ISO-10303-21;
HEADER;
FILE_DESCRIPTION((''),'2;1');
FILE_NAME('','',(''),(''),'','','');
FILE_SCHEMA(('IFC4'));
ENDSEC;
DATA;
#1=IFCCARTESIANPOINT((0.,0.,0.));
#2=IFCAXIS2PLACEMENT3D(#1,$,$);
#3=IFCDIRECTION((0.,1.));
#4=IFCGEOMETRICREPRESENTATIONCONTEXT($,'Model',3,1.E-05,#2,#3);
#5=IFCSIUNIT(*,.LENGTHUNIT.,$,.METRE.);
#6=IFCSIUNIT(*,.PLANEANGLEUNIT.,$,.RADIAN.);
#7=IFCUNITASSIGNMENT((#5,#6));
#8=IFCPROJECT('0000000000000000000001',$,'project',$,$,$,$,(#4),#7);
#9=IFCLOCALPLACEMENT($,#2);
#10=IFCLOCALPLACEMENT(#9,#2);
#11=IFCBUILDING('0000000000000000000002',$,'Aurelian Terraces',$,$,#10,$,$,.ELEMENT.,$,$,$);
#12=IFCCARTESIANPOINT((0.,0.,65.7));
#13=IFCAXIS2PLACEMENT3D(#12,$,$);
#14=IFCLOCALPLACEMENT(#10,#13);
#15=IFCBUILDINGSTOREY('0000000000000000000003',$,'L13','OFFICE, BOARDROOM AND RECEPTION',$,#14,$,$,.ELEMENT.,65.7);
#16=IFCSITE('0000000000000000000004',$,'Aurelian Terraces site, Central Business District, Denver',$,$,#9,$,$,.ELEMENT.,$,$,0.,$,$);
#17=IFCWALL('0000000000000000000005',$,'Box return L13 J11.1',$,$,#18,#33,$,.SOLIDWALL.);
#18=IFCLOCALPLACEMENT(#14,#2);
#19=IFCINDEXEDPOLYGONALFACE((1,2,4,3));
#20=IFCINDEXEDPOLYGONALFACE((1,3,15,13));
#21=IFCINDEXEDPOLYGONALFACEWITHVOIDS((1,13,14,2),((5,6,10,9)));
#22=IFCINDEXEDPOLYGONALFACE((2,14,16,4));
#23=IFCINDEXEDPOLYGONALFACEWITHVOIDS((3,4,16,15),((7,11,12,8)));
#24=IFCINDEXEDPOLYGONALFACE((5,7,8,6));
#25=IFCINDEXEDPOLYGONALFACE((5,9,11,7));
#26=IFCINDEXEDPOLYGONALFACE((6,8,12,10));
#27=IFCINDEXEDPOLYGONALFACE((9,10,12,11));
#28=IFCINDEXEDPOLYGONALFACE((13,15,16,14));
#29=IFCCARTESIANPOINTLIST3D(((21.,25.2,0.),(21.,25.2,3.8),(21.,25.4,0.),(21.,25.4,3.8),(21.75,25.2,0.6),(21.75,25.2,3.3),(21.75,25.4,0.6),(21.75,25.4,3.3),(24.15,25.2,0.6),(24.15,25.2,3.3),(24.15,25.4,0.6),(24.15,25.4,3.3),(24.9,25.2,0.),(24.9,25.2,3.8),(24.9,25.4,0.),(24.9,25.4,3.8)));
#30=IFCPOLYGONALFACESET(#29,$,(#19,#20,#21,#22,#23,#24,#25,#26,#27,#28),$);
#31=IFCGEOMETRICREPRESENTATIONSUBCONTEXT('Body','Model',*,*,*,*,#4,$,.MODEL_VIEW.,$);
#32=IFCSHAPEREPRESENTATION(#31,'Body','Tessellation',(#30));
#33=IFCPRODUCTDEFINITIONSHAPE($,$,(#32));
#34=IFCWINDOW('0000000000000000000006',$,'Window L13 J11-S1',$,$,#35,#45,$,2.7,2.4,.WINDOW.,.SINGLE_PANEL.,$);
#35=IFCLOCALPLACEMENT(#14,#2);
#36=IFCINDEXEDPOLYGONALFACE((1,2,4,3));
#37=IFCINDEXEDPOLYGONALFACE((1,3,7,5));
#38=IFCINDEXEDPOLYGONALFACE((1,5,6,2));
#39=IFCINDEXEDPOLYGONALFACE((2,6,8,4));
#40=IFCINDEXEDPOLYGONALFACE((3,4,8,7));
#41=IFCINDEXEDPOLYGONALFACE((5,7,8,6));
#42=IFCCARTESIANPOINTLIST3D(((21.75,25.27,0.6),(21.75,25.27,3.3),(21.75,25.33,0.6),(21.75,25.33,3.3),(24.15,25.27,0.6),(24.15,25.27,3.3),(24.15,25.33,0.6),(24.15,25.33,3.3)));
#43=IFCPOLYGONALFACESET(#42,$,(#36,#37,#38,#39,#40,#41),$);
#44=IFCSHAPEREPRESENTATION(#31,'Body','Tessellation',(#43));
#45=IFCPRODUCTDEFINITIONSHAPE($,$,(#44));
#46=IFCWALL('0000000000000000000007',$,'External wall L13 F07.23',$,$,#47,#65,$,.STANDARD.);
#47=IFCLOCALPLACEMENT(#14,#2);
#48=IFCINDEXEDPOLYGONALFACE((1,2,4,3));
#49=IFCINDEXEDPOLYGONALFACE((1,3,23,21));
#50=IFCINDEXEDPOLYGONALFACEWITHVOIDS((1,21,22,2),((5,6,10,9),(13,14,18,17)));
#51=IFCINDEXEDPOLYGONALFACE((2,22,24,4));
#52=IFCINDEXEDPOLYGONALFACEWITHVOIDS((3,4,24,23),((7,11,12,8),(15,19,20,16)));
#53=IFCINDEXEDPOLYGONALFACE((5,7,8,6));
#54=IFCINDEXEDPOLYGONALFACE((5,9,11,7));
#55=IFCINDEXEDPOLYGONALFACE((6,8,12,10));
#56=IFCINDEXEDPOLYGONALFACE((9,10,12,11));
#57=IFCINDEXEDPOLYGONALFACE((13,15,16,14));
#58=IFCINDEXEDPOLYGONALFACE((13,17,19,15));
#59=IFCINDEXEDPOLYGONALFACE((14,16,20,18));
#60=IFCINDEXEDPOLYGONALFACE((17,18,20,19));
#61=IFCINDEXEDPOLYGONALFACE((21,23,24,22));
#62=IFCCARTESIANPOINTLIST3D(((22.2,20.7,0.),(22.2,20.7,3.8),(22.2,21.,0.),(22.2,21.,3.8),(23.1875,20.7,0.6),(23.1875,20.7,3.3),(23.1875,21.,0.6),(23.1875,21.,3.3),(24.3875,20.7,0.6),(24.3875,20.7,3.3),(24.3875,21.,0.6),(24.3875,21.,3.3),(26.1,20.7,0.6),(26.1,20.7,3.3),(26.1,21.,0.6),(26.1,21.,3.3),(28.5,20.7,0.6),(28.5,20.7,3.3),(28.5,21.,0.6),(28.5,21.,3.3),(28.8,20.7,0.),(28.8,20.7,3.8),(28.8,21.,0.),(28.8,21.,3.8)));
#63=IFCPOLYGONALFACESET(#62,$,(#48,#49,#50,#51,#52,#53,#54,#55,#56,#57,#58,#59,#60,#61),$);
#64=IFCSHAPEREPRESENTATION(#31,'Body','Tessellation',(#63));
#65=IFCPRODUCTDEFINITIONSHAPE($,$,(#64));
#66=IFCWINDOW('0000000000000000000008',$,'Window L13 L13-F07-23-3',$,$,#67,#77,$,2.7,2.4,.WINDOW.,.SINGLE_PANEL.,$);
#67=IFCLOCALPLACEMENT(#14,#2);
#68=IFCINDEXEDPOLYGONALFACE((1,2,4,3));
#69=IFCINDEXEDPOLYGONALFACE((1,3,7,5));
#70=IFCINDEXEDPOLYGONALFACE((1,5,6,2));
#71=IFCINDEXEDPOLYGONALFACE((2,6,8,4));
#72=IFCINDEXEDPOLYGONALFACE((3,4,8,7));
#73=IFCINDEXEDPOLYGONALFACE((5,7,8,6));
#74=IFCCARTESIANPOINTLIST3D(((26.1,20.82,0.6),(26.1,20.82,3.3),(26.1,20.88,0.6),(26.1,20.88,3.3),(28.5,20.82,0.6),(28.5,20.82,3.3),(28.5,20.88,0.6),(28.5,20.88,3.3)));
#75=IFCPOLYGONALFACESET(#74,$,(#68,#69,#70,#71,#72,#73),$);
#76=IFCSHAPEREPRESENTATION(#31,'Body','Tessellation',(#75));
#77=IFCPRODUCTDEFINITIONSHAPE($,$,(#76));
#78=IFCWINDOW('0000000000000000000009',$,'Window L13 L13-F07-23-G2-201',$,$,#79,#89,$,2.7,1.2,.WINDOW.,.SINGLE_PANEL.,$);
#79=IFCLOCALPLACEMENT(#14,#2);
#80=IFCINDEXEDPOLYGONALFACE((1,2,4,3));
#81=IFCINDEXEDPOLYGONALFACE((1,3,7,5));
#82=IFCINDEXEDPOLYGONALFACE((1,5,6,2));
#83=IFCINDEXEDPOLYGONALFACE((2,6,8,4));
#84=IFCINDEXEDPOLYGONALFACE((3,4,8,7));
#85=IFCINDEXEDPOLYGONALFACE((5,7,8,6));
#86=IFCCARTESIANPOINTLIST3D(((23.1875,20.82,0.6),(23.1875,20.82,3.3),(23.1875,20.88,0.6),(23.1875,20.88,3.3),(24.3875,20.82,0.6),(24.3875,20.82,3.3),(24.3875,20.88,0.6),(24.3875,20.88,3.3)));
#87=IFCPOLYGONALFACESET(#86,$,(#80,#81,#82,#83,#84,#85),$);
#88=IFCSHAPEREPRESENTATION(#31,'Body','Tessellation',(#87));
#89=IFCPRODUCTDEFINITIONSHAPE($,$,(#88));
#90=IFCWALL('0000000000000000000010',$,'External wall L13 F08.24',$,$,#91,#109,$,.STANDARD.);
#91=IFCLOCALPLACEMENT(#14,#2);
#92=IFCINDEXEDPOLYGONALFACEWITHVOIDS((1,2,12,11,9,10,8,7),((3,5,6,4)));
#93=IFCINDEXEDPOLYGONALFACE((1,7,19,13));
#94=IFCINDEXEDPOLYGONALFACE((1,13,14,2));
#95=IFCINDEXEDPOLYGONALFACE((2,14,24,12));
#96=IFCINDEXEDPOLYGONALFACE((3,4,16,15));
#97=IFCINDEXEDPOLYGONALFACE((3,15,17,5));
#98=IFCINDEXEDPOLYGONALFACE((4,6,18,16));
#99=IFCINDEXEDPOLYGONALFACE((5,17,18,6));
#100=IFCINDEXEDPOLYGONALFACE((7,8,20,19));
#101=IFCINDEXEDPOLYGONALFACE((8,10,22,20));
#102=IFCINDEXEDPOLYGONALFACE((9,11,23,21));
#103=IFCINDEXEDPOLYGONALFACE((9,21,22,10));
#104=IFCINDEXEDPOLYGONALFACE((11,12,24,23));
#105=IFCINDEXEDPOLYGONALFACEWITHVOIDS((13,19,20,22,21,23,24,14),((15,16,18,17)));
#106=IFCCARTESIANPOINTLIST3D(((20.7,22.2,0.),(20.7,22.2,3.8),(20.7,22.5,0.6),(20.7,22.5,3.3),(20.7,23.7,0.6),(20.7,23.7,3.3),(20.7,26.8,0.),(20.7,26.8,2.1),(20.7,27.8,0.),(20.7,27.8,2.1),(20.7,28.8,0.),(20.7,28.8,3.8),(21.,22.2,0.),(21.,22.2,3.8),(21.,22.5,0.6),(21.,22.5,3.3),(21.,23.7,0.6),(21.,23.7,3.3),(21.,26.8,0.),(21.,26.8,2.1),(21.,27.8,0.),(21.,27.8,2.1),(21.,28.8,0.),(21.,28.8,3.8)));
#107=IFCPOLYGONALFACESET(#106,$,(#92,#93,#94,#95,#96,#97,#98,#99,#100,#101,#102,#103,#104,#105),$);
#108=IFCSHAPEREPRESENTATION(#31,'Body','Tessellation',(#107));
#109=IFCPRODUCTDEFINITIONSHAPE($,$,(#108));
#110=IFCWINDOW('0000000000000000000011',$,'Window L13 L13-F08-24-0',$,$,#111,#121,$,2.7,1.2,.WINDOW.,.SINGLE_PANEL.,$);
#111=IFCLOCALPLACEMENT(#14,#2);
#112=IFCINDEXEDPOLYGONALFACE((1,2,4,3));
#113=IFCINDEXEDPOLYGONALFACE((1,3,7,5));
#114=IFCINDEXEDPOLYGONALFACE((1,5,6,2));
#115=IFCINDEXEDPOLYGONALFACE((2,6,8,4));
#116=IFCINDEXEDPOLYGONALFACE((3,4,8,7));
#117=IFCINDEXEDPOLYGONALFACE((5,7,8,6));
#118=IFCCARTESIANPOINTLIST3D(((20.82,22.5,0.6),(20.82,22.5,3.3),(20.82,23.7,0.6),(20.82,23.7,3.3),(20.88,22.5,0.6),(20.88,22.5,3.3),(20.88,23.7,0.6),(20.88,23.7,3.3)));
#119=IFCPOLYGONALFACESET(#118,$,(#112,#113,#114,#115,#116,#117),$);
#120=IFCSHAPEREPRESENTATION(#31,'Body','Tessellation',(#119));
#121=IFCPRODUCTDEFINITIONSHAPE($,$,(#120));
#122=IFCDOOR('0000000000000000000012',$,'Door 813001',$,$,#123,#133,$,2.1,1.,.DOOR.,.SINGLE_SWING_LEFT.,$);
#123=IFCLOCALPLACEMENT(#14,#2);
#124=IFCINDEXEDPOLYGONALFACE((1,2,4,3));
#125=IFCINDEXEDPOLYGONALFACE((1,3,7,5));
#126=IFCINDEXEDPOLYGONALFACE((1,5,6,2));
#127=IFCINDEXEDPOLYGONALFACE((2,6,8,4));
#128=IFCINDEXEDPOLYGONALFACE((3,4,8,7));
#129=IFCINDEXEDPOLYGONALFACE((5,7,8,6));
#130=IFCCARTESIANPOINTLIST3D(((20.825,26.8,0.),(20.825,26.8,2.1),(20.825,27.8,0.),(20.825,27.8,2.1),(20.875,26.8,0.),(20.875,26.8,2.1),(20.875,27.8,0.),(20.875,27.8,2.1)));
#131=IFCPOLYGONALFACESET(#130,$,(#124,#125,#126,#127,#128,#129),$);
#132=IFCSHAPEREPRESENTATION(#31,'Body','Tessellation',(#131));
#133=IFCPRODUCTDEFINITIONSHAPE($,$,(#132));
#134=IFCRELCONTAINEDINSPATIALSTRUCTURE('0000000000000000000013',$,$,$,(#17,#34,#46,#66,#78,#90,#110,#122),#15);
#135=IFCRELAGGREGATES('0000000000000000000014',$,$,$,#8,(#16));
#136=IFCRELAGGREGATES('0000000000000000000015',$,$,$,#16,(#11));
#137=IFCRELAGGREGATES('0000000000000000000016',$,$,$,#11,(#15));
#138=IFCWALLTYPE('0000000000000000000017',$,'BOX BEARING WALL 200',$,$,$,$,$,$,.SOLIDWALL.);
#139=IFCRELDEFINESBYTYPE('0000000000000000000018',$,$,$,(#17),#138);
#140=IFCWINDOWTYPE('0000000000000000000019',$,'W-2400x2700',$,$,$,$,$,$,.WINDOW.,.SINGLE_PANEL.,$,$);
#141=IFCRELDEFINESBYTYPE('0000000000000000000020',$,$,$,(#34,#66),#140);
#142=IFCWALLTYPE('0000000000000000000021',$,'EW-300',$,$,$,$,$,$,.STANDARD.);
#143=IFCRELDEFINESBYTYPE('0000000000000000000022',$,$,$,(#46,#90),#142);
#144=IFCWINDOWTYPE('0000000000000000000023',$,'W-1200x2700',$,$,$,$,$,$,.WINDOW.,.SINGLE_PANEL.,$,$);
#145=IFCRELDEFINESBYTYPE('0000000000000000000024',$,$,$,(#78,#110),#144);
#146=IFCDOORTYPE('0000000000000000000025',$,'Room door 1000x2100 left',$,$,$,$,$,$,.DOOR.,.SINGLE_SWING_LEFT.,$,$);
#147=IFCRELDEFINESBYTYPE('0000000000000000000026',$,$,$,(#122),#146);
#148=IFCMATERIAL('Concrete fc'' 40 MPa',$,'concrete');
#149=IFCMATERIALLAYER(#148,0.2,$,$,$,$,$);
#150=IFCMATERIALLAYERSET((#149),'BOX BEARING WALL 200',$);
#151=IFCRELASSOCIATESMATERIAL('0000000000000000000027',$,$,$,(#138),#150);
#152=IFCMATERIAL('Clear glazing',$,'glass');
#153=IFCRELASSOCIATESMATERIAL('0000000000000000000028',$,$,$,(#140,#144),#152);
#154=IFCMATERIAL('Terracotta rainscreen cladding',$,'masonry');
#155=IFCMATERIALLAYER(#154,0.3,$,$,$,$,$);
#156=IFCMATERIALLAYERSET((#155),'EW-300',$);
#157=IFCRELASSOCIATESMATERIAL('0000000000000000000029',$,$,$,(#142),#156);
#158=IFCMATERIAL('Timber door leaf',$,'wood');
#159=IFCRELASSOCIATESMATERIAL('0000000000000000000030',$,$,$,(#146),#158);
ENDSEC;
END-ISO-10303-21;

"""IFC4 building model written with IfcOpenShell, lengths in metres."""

from ifc_helpers import new_model, si_unit, direction, frame, frame_2d, origin, place, context, subcontext, project, spatial, rectangle, extrude, source, transform, mapped, material, layer, layer_set, type_object, element, fill, save


model = new_model("IFC4")

# Units and contexts
model_context = context("Model", 3, precision=1e-05, world=origin(), true_north=direction((0.0, 1.0)))
body_context = subcontext(model_context, "Body", "Model", "MODEL_VIEW")
ifc_project = project(units=[si_unit("LENGTHUNIT", "METRE"), si_unit("PLANEANGLEUNIT", "RADIAN")], contexts=[model_context])

# Site, building, storey
site_placement = place(None, origin())
site = spatial("IfcSite", under=ifc_project, at=site_placement, Name="Aurelian Terraces site, Central Business District, Denver", CompositionType="ELEMENT", RefElevation=0.0)
building_placement = place(site_placement, origin())
building = spatial("IfcBuilding", under=site, at=building_placement, Name="Aurelian Terraces", CompositionType="ELEMENT")
storey_placement = place(building_placement, frame((0.0, 0.0, 65.7)))
storey = spatial("IfcBuildingStorey", under=building, at=storey_placement, Name="L13", Description="OFFICE, BOARDROOM AND RECEPTION", CompositionType="ELEMENT", Elevation=65.7)

# Wall, opening, window
ifc_material_1 = material(Name="Concrete fc' 40 MPa", Category="concrete")
ifc_layer_1 = layer(ifc_material_1, 0.2)
ifc_layer_set_1 = layer_set([ifc_layer_1], Name="BOX BEARING WALL 200")
wall_type_1 = type_object("IfcWallType", Name="BOX BEARING WALL 200", PredefinedType="SOLIDWALL", material=ifc_layer_set_1)
shared_shape_1 = source(origin(), body_context, "Body", "SweptSolid", [
    extrude(rectangle(XDim=3.9, YDim=0.2, at=frame_2d((1.95, 0.0))), origin(), (0.0, 0.0, 1.0), 3.8),
])
wall_1_placement = place(storey_placement, frame((21.0, 25.3, 0.0), z_axis=(0.0, 0.0, 1.0), x_axis=(1.0, 0.0, 0.0)))
wall_1 = element("IfcWall", 1, at=wall_1_placement, inside=storey, type_object=wall_type_1, Name="Box return L13 J11.1", PredefinedType="SOLIDWALL", context=body_context, shape_type="MappedRepresentation", body=[
    mapped(shared_shape_1, transform((0.0, 0.0, 0.0), scale=1.0)),
])
shared_shape_2 = source(origin(), body_context, "Body", "SweptSolid", [
    extrude(rectangle(XDim=2.4, YDim=2.7, at=frame_2d((1.2, 1.35))), frame((0.0, 0.11, 0.0), z_axis=(0.0, -1.0, 0.0), x_axis=(1.0, 0.0, 0.0)), (0.0, 0.0, 1.0), 0.22),
])
opening_1_placement = place(wall_1_placement, frame((0.75, 0.0, 0.6)))
opening_1 = element("IfcOpeningElement", 2, at=opening_1_placement, cuts=wall_1, PredefinedType="OPENING", context=body_context, shape_type="MappedRepresentation", body=[
    mapped(shared_shape_2, transform((0.0, 0.0, 0.0), scale=1.0)),
])
ifc_material_2 = material(Name="Clear glazing", Category="glass")
window_type_1 = type_object("IfcWindowType", Name="W-2400x2700", PartitioningType="SINGLE_PANEL", PredefinedType="WINDOW", material=ifc_material_2)
shared_shape_3 = source(origin(), body_context, "Body", "SweptSolid", [
    extrude(rectangle(XDim=2.4, YDim=2.7, at=frame_2d((1.2, 1.35))), frame((0.0, 0.03, 0.0), z_axis=(0.0, -1.0, 0.0), x_axis=(1.0, 0.0, 0.0)), (0.0, 0.0, 1.0), 0.06),
])
window_1_placement = place(opening_1_placement, origin())
window_1 = element("IfcWindow", 3, at=window_1_placement, inside=storey, type_object=window_type_1, Name="Window L13 J11-S1", OverallHeight=2.7, OverallWidth=2.4, PartitioningType="SINGLE_PANEL", PredefinedType="WINDOW", context=body_context, shape_type="MappedRepresentation", body=[
    mapped(shared_shape_3, transform((0.0, 0.0, 0.0), scale=1.0)),
])
fill(opening_1, window_1)

# Wall, openings, windows
ifc_material_3 = material(Name="Terracotta rainscreen cladding", Category="masonry")
ifc_layer_2 = layer(ifc_material_3, 0.3)
ifc_layer_set_2 = layer_set([ifc_layer_2], Name="EW-300")
wall_type_2 = type_object("IfcWallType", Name="EW-300", PredefinedType="STANDARD", material=ifc_layer_set_2)
shared_shape_4 = source(origin(), body_context, "Body", "SweptSolid", [
    extrude(rectangle(XDim=6.6, YDim=0.3, at=frame_2d((3.3, 0.0))), origin(), (0.0, 0.0, 1.0), 3.8),
])
wall_2_placement = place(storey_placement, frame((28.8, 20.85, 0.0), z_axis=(0.0, 0.0, 1.0), x_axis=(-1.0, 0.0, 0.0)))
wall_2 = element("IfcWall", 4, at=wall_2_placement, inside=storey, type_object=wall_type_2, Name="External wall L13 F07.23", PredefinedType="STANDARD", context=body_context, shape_type="MappedRepresentation", body=[
    mapped(shared_shape_4, transform((0.0, 0.0, 0.0), scale=1.0)),
])
shared_shape_5 = source(origin(), body_context, "Body", "SweptSolid", [
    extrude(rectangle(XDim=2.4, YDim=2.7, at=frame_2d((1.2, 1.35))), frame((0.0, 0.16, 0.0), z_axis=(0.0, -1.0, 0.0), x_axis=(1.0, 0.0, 0.0)), (0.0, 0.0, 1.0), 0.32),
])
opening_2_placement = place(wall_2_placement, frame((0.3, 0.0, 0.6)))
opening_2 = element("IfcOpeningElement", 5, at=opening_2_placement, cuts=wall_2, PredefinedType="OPENING", context=body_context, shape_type="MappedRepresentation", body=[
    mapped(shared_shape_5, transform((0.0, 0.0, 0.0), scale=1.0)),
])
shared_shape_6 = source(origin(), body_context, "Body", "SweptSolid", [
    extrude(rectangle(XDim=1.2, YDim=2.7, at=frame_2d((0.6, 1.35))), frame((0.0, 0.16, 0.0), z_axis=(0.0, -1.0, 0.0), x_axis=(1.0, 0.0, 0.0)), (0.0, 0.0, 1.0), 0.32),
])
opening_3_placement = place(wall_2_placement, frame((4.4125, 0.0, 0.6)))
opening_3 = element("IfcOpeningElement", 6, at=opening_3_placement, cuts=wall_2, PredefinedType="OPENING", context=body_context, shape_type="MappedRepresentation", body=[
    mapped(shared_shape_6, transform((0.0, 0.0, 0.0), scale=1.0)),
])
window_2_placement = place(opening_2_placement, origin())
window_2 = element("IfcWindow", 7, at=window_2_placement, inside=storey, type_object=window_type_1, Name="Window L13 L13-F07-23-3", OverallHeight=2.7, OverallWidth=2.4, PartitioningType="SINGLE_PANEL", PredefinedType="WINDOW", context=body_context, shape_type="MappedRepresentation", body=[
    mapped(shared_shape_3, transform((0.0, 0.0, 0.0), scale=1.0)),
])
fill(opening_2, window_2)
window_type_2 = type_object("IfcWindowType", Name="W-1200x2700", PartitioningType="SINGLE_PANEL", PredefinedType="WINDOW", material=ifc_material_2)
shared_shape_7 = source(origin(), body_context, "Body", "SweptSolid", [
    extrude(rectangle(XDim=1.2, YDim=2.7, at=frame_2d((0.6, 1.35))), frame((0.0, 0.03, 0.0), z_axis=(0.0, -1.0, 0.0), x_axis=(1.0, 0.0, 0.0)), (0.0, 0.0, 1.0), 0.06),
])
window_3_placement = place(opening_3_placement, origin())
window_3 = element("IfcWindow", 8, at=window_3_placement, inside=storey, type_object=window_type_2, Name="Window L13 L13-F07-23-G2-201", OverallHeight=2.7, OverallWidth=1.2, PartitioningType="SINGLE_PANEL", PredefinedType="WINDOW", context=body_context, shape_type="MappedRepresentation", body=[
    mapped(shared_shape_7, transform((0.0, 0.0, 0.0), scale=1.0)),
])
fill(opening_3, window_3)

# Wall, openings, window, door
wall_3_placement = place(storey_placement, frame((20.85, 22.2, 0.0), z_axis=(0.0, 0.0, 1.0), x_axis=(0.0, 1.0, 0.0)))
wall_3 = element("IfcWall", 9, at=wall_3_placement, inside=storey, type_object=wall_type_2, Name="External wall L13 F08.24", PredefinedType="STANDARD", context=body_context, shape_type="MappedRepresentation", body=[
    mapped(shared_shape_4, transform((0.0, 0.0, 0.0), scale=1.0)),
])
opening_4_placement = place(wall_3_placement, frame((0.3, 0.0, 0.6)))
opening_4 = element("IfcOpeningElement", 10, at=opening_4_placement, cuts=wall_3, PredefinedType="OPENING", context=body_context, shape_type="MappedRepresentation", body=[
    mapped(shared_shape_6, transform((0.0, 0.0, 0.0), scale=1.0)),
])
shared_shape_8 = source(origin(), body_context, "Body", "SweptSolid", [
    extrude(rectangle(XDim=1.0, YDim=2.1, at=frame_2d((0.5, 1.05))), frame((0.0, 0.16, 0.0), z_axis=(0.0, -1.0, 0.0), x_axis=(1.0, 0.0, 0.0)), (0.0, 0.0, 1.0), 0.32),
])
opening_5_placement = place(wall_3_placement, frame((4.6, 0.0, 0.0)))
opening_5 = element("IfcOpeningElement", 11, at=opening_5_placement, cuts=wall_3, PredefinedType="OPENING", context=body_context, shape_type="MappedRepresentation", body=[
    mapped(shared_shape_8, transform((0.0, 0.0, 0.0), scale=1.0)),
])
window_4_placement = place(opening_4_placement, origin())
window_4 = element("IfcWindow", 12, at=window_4_placement, inside=storey, type_object=window_type_2, Name="Window L13 L13-F08-24-0", OverallHeight=2.7, OverallWidth=1.2, PartitioningType="SINGLE_PANEL", PredefinedType="WINDOW", context=body_context, shape_type="MappedRepresentation", body=[
    mapped(shared_shape_7, transform((0.0, 0.0, 0.0), scale=1.0)),
])
fill(opening_4, window_4)
ifc_material_4 = material(Name="Timber door leaf", Category="wood")
door_type_1 = type_object("IfcDoorType", Name="Room door 1000x2100 left", OperationType="SINGLE_SWING_LEFT", PredefinedType="DOOR", material=ifc_material_4)
shared_shape_9 = source(origin(), body_context, "Body", "SweptSolid", [
    extrude(rectangle(XDim=1.0, YDim=2.1, at=frame_2d((0.5, 1.05))), frame((0.0, 0.025, 0.0), z_axis=(0.0, -1.0, 0.0), x_axis=(1.0, 0.0, 0.0)), (0.0, 0.0, 1.0), 0.05),
])
door_1_placement = place(opening_5_placement, origin())
door_1 = element("IfcDoor", 13, at=door_1_placement, inside=storey, type_object=door_type_1, Name="Door 813001", OperationType="SINGLE_SWING_LEFT", OverallHeight=2.1, OverallWidth=1.0, PredefinedType="DOOR", context=body_context, shape_type="MappedRepresentation", body=[
    mapped(shared_shape_9, transform((0.0, 0.0, 0.0), scale=1.0)),
])
fill(opening_5, door_1)

save(model, "model.ifc")
